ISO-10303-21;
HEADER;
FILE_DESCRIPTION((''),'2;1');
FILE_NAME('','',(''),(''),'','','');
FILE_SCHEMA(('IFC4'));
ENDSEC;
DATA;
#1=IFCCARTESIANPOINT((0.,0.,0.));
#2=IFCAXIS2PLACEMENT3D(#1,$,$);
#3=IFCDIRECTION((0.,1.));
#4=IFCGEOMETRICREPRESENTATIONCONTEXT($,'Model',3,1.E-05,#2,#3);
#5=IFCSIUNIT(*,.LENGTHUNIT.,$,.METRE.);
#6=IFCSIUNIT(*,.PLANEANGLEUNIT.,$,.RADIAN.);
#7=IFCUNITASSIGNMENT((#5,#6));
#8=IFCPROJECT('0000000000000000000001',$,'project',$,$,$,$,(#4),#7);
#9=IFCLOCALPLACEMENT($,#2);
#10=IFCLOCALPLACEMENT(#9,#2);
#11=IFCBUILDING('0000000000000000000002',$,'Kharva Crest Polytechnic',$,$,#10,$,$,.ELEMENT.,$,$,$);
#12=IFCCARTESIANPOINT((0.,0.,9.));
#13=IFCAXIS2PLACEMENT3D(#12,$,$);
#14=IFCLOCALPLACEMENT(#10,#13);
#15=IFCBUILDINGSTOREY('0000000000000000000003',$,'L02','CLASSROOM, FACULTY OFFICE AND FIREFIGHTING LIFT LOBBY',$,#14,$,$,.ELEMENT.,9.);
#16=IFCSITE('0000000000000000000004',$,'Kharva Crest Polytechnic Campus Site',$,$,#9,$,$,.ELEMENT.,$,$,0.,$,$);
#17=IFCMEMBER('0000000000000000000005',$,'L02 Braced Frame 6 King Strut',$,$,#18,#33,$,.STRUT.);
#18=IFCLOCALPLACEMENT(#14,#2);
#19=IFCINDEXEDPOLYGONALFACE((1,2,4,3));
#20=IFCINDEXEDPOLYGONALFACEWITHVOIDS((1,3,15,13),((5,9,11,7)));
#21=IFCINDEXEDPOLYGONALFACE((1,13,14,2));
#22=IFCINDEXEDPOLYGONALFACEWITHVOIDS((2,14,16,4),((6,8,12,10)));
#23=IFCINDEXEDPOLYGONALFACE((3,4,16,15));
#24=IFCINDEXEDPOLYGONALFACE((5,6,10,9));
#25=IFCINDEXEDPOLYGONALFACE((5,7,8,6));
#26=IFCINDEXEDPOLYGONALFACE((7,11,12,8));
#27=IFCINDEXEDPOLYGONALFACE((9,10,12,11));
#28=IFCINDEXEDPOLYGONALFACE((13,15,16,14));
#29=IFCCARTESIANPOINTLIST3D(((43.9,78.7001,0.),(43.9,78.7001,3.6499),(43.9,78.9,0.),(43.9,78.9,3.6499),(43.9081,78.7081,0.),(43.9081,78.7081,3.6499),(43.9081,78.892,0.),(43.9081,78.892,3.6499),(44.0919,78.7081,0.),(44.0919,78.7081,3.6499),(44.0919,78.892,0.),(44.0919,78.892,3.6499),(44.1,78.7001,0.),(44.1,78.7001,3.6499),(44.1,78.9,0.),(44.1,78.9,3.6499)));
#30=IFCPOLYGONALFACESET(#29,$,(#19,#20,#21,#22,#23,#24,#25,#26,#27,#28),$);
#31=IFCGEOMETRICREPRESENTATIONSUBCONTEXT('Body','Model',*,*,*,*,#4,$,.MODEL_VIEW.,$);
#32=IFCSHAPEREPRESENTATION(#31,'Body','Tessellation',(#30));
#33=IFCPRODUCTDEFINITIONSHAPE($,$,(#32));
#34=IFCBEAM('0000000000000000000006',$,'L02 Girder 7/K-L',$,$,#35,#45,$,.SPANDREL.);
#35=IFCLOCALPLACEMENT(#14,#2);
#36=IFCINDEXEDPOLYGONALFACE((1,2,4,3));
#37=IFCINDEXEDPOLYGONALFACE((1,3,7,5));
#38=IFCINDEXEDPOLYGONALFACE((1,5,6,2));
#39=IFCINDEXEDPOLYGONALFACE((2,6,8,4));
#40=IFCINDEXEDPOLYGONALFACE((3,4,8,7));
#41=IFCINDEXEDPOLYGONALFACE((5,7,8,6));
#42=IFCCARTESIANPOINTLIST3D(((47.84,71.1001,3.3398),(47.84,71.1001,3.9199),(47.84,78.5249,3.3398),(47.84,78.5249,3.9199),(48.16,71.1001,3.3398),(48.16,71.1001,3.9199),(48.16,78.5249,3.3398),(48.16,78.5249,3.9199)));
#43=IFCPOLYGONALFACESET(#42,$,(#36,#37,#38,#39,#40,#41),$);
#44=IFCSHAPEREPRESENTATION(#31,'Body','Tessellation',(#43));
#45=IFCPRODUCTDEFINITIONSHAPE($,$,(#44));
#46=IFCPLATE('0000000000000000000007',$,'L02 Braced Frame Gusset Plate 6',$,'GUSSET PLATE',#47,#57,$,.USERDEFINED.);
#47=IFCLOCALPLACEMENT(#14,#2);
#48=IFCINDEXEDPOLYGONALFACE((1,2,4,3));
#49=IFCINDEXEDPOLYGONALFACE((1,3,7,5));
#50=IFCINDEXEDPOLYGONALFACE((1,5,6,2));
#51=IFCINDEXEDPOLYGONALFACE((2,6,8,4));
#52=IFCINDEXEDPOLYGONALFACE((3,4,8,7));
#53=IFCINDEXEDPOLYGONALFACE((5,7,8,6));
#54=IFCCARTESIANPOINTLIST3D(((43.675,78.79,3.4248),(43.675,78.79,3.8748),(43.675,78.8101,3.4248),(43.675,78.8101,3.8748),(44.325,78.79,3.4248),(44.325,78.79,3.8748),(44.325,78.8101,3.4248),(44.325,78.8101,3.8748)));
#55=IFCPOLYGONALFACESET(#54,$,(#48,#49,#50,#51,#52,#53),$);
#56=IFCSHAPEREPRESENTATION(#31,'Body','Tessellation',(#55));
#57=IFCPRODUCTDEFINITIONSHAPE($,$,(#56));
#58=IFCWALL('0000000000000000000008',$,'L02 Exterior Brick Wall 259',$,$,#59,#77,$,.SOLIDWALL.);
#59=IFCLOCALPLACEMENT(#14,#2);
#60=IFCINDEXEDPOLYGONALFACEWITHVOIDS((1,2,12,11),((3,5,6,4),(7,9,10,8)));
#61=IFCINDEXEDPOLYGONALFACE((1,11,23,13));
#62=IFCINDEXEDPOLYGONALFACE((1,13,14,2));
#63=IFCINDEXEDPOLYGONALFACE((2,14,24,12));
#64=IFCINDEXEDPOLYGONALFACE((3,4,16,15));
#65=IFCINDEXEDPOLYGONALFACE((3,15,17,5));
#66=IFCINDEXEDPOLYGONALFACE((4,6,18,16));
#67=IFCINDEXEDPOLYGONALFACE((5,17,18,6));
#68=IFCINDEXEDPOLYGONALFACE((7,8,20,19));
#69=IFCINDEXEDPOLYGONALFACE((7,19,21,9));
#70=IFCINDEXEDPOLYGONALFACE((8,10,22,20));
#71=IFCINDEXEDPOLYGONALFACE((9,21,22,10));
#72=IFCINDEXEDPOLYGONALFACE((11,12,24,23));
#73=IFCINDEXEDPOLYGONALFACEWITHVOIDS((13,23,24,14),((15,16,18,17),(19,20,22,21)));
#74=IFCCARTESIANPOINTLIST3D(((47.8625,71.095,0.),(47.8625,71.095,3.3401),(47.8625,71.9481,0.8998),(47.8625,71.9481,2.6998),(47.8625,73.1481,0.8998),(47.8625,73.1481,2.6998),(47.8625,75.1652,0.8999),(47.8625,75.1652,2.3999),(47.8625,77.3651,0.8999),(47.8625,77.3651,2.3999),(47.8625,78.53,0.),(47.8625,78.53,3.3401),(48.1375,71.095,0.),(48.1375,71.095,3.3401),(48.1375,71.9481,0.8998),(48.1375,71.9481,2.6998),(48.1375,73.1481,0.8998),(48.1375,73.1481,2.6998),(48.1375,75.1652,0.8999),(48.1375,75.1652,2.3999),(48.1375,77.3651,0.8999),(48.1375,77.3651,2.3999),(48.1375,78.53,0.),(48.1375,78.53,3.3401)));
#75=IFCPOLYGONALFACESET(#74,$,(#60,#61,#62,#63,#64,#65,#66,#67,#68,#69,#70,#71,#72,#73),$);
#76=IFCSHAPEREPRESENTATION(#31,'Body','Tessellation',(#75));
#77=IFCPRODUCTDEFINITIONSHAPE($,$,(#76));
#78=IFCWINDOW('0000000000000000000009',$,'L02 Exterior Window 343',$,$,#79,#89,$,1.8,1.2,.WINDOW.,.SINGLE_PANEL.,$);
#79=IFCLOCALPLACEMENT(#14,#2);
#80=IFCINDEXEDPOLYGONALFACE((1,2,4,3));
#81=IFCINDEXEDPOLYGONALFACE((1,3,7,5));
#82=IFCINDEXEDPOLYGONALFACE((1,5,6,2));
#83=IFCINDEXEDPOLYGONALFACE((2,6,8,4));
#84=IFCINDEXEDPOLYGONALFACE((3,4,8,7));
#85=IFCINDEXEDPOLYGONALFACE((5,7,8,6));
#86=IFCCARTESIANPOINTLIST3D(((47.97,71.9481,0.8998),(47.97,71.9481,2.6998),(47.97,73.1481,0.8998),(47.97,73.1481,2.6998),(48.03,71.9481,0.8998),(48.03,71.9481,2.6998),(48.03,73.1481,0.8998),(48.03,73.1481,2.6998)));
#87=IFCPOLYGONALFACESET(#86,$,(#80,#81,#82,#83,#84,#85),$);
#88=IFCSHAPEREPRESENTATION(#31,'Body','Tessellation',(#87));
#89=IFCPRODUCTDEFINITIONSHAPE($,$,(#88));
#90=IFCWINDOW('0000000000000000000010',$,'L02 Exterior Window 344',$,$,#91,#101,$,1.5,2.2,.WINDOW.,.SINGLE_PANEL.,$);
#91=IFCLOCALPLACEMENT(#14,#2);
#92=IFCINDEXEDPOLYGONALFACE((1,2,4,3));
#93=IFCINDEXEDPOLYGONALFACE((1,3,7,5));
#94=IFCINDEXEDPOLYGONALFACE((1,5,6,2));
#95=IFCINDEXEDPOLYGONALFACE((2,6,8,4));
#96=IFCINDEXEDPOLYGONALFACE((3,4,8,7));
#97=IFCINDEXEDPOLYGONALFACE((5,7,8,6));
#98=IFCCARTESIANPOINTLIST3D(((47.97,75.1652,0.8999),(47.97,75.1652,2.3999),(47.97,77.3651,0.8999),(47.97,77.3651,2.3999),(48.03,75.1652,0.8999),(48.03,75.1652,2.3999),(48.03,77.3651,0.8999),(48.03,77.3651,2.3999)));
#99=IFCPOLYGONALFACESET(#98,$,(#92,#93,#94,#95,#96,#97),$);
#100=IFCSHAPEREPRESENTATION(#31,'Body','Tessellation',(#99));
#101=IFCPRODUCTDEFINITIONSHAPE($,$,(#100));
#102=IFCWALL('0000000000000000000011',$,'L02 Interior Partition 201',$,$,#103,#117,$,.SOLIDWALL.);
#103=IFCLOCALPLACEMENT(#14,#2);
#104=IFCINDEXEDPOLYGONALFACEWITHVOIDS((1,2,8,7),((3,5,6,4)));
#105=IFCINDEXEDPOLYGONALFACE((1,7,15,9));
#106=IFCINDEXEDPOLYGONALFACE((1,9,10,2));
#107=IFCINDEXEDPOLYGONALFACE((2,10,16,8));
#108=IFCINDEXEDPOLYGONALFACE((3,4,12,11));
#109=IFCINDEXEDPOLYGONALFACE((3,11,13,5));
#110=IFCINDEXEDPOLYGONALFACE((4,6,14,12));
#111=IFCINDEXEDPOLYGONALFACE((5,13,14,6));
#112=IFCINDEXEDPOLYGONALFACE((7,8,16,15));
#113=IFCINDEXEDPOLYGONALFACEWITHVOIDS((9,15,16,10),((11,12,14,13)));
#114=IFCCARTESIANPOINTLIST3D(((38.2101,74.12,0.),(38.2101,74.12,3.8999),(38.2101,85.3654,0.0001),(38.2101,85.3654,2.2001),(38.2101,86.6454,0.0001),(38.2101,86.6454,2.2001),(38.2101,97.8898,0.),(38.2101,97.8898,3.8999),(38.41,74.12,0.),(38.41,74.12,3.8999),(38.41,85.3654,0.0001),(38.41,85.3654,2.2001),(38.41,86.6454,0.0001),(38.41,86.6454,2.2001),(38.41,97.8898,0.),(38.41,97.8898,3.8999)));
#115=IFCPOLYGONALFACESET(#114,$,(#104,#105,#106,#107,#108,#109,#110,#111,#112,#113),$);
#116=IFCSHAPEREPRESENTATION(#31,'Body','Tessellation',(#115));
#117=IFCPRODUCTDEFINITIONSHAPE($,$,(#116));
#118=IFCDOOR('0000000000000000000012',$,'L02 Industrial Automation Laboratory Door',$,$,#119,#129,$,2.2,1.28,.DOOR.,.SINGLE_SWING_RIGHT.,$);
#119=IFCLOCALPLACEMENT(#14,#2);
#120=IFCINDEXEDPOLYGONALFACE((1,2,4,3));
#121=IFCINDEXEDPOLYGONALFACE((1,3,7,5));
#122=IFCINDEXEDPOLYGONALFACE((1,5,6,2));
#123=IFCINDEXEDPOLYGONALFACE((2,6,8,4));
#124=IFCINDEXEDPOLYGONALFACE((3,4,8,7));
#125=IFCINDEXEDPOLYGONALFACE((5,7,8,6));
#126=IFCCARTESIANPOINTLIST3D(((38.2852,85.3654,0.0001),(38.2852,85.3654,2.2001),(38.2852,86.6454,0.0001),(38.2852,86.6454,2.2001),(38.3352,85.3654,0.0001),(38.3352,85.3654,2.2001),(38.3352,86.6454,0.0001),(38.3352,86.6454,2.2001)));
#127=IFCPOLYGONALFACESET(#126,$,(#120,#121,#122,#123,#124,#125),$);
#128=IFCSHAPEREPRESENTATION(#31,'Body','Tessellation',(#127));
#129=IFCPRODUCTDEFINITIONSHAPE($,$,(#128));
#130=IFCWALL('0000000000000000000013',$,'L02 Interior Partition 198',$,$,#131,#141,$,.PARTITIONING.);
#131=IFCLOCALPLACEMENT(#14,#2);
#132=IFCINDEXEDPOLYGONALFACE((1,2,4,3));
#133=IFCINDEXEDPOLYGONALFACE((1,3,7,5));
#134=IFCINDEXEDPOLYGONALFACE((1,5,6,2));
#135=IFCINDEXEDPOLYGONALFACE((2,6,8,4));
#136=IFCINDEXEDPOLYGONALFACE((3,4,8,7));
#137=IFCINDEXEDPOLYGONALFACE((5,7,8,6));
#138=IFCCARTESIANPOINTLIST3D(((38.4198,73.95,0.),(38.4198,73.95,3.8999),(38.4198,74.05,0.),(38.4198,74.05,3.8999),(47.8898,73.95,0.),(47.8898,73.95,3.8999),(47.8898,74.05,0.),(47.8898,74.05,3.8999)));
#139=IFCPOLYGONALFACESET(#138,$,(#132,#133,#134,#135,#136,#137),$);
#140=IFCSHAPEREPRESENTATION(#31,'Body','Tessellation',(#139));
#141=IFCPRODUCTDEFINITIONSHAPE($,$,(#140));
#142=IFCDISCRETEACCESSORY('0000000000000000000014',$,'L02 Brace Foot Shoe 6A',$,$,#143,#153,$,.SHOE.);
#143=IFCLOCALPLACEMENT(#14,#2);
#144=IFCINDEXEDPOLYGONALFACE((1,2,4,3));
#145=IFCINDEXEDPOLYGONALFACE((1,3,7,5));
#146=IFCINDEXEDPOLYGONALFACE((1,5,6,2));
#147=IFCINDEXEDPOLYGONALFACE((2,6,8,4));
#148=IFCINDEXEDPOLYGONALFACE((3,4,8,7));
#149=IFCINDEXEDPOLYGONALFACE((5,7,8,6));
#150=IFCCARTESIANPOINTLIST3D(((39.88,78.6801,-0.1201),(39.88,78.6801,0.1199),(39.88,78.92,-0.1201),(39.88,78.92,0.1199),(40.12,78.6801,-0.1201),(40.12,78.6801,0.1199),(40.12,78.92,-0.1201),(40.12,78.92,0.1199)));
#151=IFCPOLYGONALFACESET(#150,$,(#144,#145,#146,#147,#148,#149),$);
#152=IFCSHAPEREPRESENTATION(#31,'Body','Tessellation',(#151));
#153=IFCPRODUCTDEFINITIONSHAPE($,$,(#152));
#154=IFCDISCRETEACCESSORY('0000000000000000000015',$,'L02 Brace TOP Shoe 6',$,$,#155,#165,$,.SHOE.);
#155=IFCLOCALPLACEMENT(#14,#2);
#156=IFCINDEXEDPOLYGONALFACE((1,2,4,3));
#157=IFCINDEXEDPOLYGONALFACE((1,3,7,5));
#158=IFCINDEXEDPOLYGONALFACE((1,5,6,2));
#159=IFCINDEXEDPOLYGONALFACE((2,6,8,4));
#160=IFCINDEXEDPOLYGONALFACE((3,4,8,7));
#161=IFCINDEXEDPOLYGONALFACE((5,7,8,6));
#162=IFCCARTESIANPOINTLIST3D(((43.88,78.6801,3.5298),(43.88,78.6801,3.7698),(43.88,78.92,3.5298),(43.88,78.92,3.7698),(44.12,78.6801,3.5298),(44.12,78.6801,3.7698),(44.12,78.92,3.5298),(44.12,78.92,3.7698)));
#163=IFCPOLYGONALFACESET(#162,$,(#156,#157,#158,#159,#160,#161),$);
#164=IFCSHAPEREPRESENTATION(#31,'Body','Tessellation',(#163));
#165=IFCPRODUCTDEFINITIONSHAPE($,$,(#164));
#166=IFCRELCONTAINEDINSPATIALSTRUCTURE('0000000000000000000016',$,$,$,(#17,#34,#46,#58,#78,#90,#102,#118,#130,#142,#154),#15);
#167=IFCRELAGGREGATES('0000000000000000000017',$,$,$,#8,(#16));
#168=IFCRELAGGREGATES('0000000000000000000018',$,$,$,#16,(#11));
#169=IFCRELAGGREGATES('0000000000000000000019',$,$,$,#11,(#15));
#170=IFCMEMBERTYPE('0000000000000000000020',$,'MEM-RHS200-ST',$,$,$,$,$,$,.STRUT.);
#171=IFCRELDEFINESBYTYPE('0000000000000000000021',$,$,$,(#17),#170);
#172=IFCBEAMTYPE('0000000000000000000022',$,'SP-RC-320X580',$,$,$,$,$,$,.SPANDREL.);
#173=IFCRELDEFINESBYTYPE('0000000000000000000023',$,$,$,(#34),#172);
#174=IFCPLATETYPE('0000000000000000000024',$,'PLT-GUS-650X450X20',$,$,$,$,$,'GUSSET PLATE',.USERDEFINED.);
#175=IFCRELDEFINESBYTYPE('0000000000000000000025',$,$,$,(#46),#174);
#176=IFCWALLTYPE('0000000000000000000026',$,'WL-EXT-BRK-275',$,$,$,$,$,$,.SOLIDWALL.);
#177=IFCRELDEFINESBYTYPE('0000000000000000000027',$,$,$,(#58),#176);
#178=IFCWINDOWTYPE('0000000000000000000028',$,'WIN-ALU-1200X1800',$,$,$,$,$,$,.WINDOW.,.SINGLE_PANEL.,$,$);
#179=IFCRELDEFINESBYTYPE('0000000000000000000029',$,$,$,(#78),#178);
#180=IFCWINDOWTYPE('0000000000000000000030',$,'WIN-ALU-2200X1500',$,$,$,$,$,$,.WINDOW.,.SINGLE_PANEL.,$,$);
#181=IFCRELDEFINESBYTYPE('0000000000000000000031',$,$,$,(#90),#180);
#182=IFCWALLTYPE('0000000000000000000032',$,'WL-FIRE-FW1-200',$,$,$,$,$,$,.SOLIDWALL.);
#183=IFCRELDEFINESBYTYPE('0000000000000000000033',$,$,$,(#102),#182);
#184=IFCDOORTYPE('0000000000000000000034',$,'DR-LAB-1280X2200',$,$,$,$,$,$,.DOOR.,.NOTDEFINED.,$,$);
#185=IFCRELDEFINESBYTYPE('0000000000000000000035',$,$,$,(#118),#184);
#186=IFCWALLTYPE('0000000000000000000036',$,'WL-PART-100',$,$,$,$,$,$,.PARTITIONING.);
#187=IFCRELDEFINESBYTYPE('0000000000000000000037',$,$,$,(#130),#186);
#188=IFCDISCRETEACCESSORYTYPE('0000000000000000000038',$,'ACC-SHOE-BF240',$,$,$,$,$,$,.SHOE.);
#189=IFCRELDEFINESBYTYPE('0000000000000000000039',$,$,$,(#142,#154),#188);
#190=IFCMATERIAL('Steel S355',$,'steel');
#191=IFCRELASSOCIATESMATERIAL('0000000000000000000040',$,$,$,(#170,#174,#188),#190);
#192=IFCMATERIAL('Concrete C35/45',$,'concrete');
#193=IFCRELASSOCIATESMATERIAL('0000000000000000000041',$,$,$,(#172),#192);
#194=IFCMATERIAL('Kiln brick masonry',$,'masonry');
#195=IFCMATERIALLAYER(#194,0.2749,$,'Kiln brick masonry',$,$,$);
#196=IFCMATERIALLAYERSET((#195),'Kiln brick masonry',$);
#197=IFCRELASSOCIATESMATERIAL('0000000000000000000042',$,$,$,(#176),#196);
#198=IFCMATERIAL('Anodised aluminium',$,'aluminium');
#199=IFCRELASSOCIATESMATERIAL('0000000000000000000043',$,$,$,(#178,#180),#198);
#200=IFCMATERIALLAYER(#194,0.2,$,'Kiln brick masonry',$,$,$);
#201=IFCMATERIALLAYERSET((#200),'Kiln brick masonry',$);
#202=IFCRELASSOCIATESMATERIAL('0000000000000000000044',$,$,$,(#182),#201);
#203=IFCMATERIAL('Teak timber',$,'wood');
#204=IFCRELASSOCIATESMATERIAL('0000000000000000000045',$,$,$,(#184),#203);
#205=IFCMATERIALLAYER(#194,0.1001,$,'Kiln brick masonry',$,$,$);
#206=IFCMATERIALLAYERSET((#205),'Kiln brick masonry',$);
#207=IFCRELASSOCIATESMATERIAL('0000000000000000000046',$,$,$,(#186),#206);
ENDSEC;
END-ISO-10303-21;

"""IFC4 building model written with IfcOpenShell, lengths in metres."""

from ifc_helpers import new_model, si_unit, direction, frame, frame_2d, origin, origin_2d, place, context, subcontext, project, spatial, rectangle, hollow_rectangle, extrude, material, layer, layer_set, material_profile, profile_set, type_object, element, fill, save


model = new_model("IFC4")

# Units and contexts
model_context = context("Model", 3, precision=1e-05, world=origin(), true_north=direction((0.0, 1.0)))
body_context = subcontext(model_context, "Body", "Model", "MODEL_VIEW")
ifc_project = project(units=[si_unit("LENGTHUNIT", "METRE"), si_unit("PLANEANGLEUNIT", "RADIAN")], contexts=[model_context])

# Site, building, storey
site_placement = place(None, origin())
site = spatial("IfcSite", under=ifc_project, at=site_placement, Name="Kharva Crest Polytechnic Campus Site", CompositionType="ELEMENT", RefElevation=0.0)
building_placement = place(site_placement, origin())
building = spatial("IfcBuilding", under=site, at=building_placement, Name="Kharva Crest Polytechnic", CompositionType="ELEMENT")
storey_placement = place(building_placement, frame((0.0, 0.0, 9.0)))
storey = spatial("IfcBuildingStorey", under=building, at=storey_placement, Name="L02", Description="CLASSROOM, FACULTY OFFICE AND FIREFIGHTING LIFT LOBBY", CompositionType="ELEMENT", Elevation=9.0)

# Shared definitions
ifc_material_1 = material(Name="Steel S355", Category="steel")

# Shared definitions
ifc_material_2 = material(Name="Concrete C35/45", Category="concrete")

# Member
ifc_material_profile_1 = material_profile(ifc_material_1, hollow_rectangle(XDim=0.2, YDim=0.2, WallThickness=0.0081, at=origin_2d()), Name="RHS 200X200X8.0")
ifc_profile_set_1 = profile_set([ifc_material_profile_1], Name="Steel S355")
member_type_1 = type_object("IfcMemberType", Name="MEM-RHS200-ST", PredefinedType="STRUT", material=ifc_profile_set_1)
member_1_placement = place(storey_placement, frame((44.0, 78.8, 0.0), z_axis=(0.0, 0.0, 1.0), x_axis=(1.0, 0.0, 0.0)))
element("IfcMember", 1, at=member_1_placement, inside=storey, type_object=member_type_1, Name="L02 Braced Frame 6 King Strut", PredefinedType="STRUT", context=body_context, shape_type="SweptSolid", body=[
    extrude(hollow_rectangle(XDim=0.2, YDim=0.2, WallThickness=0.0081, at=origin_2d()), origin(), (0.0, 0.0, 1.0), 3.6499),
])

# Beam
ifc_material_profile_2 = material_profile(ifc_material_2, rectangle(XDim=0.3201, YDim=0.5801, at=origin_2d()), Name="RECT 320 X 580")
ifc_profile_set_2 = profile_set([ifc_material_profile_2], Name="Concrete C35/45")
beam_type_1 = type_object("IfcBeamType", Name="SP-RC-320X580", PredefinedType="SPANDREL", material=ifc_profile_set_2)
beam_1_placement = place(storey_placement, frame((48.0, 71.1001, 3.6299), z_axis=(0.0, 1.0, 0.0), x_axis=(-1.0, 0.0, 0.0)))
element("IfcBeam", 2, at=beam_1_placement, inside=storey, type_object=beam_type_1, Name="L02 Girder 7/K-L", PredefinedType="SPANDREL", context=body_context, shape_type="SweptSolid", body=[
    extrude(rectangle(XDim=0.3201, YDim=0.5801, at=origin_2d()), origin(), (0.0, 0.0, 1.0), 7.4248),
])

# Plate
plate_type = type_object("IfcPlateType", Name="PLT-GUS-650X450X20", ElementType="GUSSET PLATE", PredefinedType="USERDEFINED", material=ifc_material_1)
plate_placement = place(storey_placement, frame((44.0, 78.8, 3.4248), z_axis=(0.0, 0.0, 1.0), x_axis=(1.0, 0.0, 0.0)))
element("IfcPlate", 3, at=plate_placement, inside=storey, type_object=plate_type, Name="L02 Braced Frame Gusset Plate 6", ObjectType="GUSSET PLATE", PredefinedType="USERDEFINED", context=body_context, shape_type="SweptSolid", body=[
    extrude(rectangle(XDim=0.6499, YDim=0.02, at=origin_2d()), origin(), (0.0, 0.0, 1.0), 0.45),
])

# Wall, openings, windows
ifc_material_3 = material(Name="Kiln brick masonry", Category="masonry")
ifc_layer_1 = layer(ifc_material_3, 0.2749, Name="Kiln brick masonry")
ifc_layer_set_1 = layer_set([ifc_layer_1], Name="Kiln brick masonry")
wall_type_1 = type_object("IfcWallType", Name="WL-EXT-BRK-275", PredefinedType="SOLIDWALL", material=ifc_layer_set_1)
wall_1_placement = place(storey_placement, frame((48.0, 71.095, 0.0), z_axis=(0.0, 0.0, 1.0), x_axis=(0.0, 1.0, 0.0)))
wall_1 = element("IfcWall", 4, at=wall_1_placement, inside=storey, type_object=wall_type_1, Name="L02 Exterior Brick Wall 259", PredefinedType="SOLIDWALL", context=body_context, shape_type="SweptSolid", body=[
    extrude(rectangle(XDim=7.4351, YDim=0.2749, at=frame_2d((3.7175, 0.0))), origin(), (0.0, 0.0, 1.0), 3.3401),
])
opening_1_placement = place(wall_1_placement, frame((0.853, 0.0, 0.8999)))
opening_1 = element("IfcOpeningElement", 5, at=opening_1_placement, cuts=wall_1, PredefinedType="OPENING", context=body_context, shape_type="SweptSolid", body=[
    extrude(rectangle(XDim=1.2, YDim=1.8, at=frame_2d((0.6001, 0.8999))), frame((0.0, 0.1475, 0.0), z_axis=(0.0, -1.0, 0.0), x_axis=(1.0, 0.0, 0.0)), (0.0, 0.0, 1.0), 0.2949),
])
opening_2_placement = place(wall_1_placement, frame((4.0701, 0.0, 0.8999)))
opening_2 = element("IfcOpeningElement", 6, at=opening_2_placement, cuts=wall_1, PredefinedType="OPENING", context=body_context, shape_type="SweptSolid", body=[
    extrude(rectangle(XDim=2.2, YDim=1.5, at=frame_2d((1.1001, 0.75))), frame((0.0, 0.1475, 0.0), z_axis=(0.0, -1.0, 0.0), x_axis=(1.0, 0.0, 0.0)), (0.0, 0.0, 1.0), 0.2949),
])
ifc_material_4 = material(Name="Anodised aluminium", Category="aluminium")
window_type_1 = type_object("IfcWindowType", Name="WIN-ALU-1200X1800", PartitioningType="SINGLE_PANEL", PredefinedType="WINDOW", material=ifc_material_4)
window_1_placement = place(opening_1_placement, origin())
window_1 = element("IfcWindow", 7, at=window_1_placement, inside=storey, type_object=window_type_1, Name="L02 Exterior Window 343", OverallHeight=1.8, OverallWidth=1.2, PartitioningType="SINGLE_PANEL", PredefinedType="WINDOW", context=body_context, shape_type="SweptSolid", body=[
    extrude(rectangle(XDim=1.2, YDim=1.8, at=frame_2d((0.6001, 0.8999))), frame((0.0, 0.03, 0.0), z_axis=(0.0, -1.0, 0.0), x_axis=(1.0, 0.0, 0.0)), (0.0, 0.0, 1.0), 0.0601),
])
fill(opening_1, window_1)
window_type_2 = type_object("IfcWindowType", Name="WIN-ALU-2200X1500", PartitioningType="SINGLE_PANEL", PredefinedType="WINDOW", material=ifc_material_4)
window_2_placement = place(opening_2_placement, origin())
window_2 = element("IfcWindow", 8, at=window_2_placement, inside=storey, type_object=window_type_2, Name="L02 Exterior Window 344", OverallHeight=1.5, OverallWidth=2.2, PartitioningType="SINGLE_PANEL", PredefinedType="WINDOW", context=body_context, shape_type="SweptSolid", body=[
    extrude(rectangle(XDim=2.2, YDim=1.5, at=frame_2d((1.1001, 0.75))), frame((0.0, 0.03, 0.0), z_axis=(0.0, -1.0, 0.0), x_axis=(1.0, 0.0, 0.0)), (0.0, 0.0, 1.0), 0.0601),
])
fill(opening_2, window_2)

# Wall, opening, door
ifc_layer_2 = layer(ifc_material_3, 0.2, Name="Kiln brick masonry")
ifc_layer_set_2 = layer_set([ifc_layer_2], Name="Kiln brick masonry")
wall_type_2 = type_object("IfcWallType", Name="WL-FIRE-FW1-200", PredefinedType="SOLIDWALL", material=ifc_layer_set_2)
wall_2_placement = place(storey_placement, frame((38.3101, 74.1201, 0.0), z_axis=(0.0, 0.0, 1.0), x_axis=(0.0, 1.0, 0.0)))
wall_2 = element("IfcWall", 9, at=wall_2_placement, inside=storey, type_object=wall_type_2, Name="L02 Interior Partition 201", PredefinedType="SOLIDWALL", context=body_context, shape_type="SweptSolid", body=[
    extrude(rectangle(XDim=23.7698, YDim=0.2, at=frame_2d((11.8848, 0.0))), origin(), (0.0, 0.0, 1.0), 3.8999),
])
opening_3_placement = place(wall_2_placement, frame((11.2451, 0.0, 0.0)))
opening_3 = element("IfcOpeningElement", 10, at=opening_3_placement, cuts=wall_2, PredefinedType="OPENING", context=body_context, shape_type="SweptSolid", body=[
    extrude(rectangle(XDim=1.28, YDim=2.2, at=frame_2d((0.6401, 1.1001))), frame((0.0, 0.1099, 0.0), z_axis=(0.0, -1.0, 0.0), x_axis=(1.0, 0.0, 0.0)), (0.0, 0.0, 1.0), 0.22),
])
ifc_material_5 = material(Name="Teak timber", Category="wood")
door_type = type_object("IfcDoorType", Name="DR-LAB-1280X2200", OperationType="NOTDEFINED", PredefinedType="DOOR", material=ifc_material_5)
door_placement = place(opening_3_placement, origin())
door = element("IfcDoor", 11, at=door_placement, inside=storey, type_object=door_type, Name="L02 Industrial Automation Laboratory Door", OperationType="SINGLE_SWING_RIGHT", OverallHeight=2.2, OverallWidth=1.28, PredefinedType="DOOR", context=body_context, shape_type="SweptSolid", body=[
    extrude(rectangle(XDim=1.28, YDim=2.2, at=frame_2d((0.6401, 1.1001))), frame((0.0, 0.0249, 0.0), z_axis=(0.0, -1.0, 0.0), x_axis=(1.0, 0.0, 0.0)), (0.0, 0.0, 1.0), 0.05),
])
fill(opening_3, door)

# Wall
ifc_layer_3 = layer(ifc_material_3, 0.1001, Name="Kiln brick masonry")
ifc_layer_set_3 = layer_set([ifc_layer_3], Name="Kiln brick masonry")
wall_type_3 = type_object("IfcWallType", Name="WL-PART-100", PredefinedType="PARTITIONING", material=ifc_layer_set_3)
wall_3_placement = place(storey_placement, frame((38.4199, 74.0, 0.0), z_axis=(0.0, 0.0, 1.0), x_axis=(1.0, 0.0, 0.0)))
element("IfcWall", 12, at=wall_3_placement, inside=storey, type_object=wall_type_3, Name="L02 Interior Partition 198", PredefinedType="PARTITIONING", context=body_context, shape_type="SweptSolid", body=[
    extrude(rectangle(XDim=9.47, YDim=0.1001, at=frame_2d((4.7349, 0.0))), origin(), (0.0, 0.0, 1.0), 3.8999),
])

# Discrete accessories
discrete_accessory_type_1 = type_object("IfcDiscreteAccessoryType", Name="ACC-SHOE-BF240", PredefinedType="SHOE", material=ifc_material_1)
for number, where, z_axis, x_axis, name in (
    (13, (40.0, 78.8, -0.1201), (0.0, 0.0, 1.0), (1.0, 0.0, 0.0), "L02 Brace Foot Shoe 6A"),
    (14, (44.0, 78.8, 3.5298), (0.0, 0.0, 1.0), (1.0, 0.0, 0.0), "L02 Brace TOP Shoe 6"),
):
    element("IfcDiscreteAccessory", number, at=place(storey_placement, frame(where, z_axis=z_axis, x_axis=x_axis)), inside=storey, type_object=discrete_accessory_type_1, Name=name, PredefinedType="SHOE", context=body_context, shape_type="SweptSolid", body=[
        extrude(rectangle(XDim=0.24, YDim=0.24, at=origin_2d()), origin(), (0.0, 0.0, 1.0), 0.24),
    ])

save(model, "model.ifc")
